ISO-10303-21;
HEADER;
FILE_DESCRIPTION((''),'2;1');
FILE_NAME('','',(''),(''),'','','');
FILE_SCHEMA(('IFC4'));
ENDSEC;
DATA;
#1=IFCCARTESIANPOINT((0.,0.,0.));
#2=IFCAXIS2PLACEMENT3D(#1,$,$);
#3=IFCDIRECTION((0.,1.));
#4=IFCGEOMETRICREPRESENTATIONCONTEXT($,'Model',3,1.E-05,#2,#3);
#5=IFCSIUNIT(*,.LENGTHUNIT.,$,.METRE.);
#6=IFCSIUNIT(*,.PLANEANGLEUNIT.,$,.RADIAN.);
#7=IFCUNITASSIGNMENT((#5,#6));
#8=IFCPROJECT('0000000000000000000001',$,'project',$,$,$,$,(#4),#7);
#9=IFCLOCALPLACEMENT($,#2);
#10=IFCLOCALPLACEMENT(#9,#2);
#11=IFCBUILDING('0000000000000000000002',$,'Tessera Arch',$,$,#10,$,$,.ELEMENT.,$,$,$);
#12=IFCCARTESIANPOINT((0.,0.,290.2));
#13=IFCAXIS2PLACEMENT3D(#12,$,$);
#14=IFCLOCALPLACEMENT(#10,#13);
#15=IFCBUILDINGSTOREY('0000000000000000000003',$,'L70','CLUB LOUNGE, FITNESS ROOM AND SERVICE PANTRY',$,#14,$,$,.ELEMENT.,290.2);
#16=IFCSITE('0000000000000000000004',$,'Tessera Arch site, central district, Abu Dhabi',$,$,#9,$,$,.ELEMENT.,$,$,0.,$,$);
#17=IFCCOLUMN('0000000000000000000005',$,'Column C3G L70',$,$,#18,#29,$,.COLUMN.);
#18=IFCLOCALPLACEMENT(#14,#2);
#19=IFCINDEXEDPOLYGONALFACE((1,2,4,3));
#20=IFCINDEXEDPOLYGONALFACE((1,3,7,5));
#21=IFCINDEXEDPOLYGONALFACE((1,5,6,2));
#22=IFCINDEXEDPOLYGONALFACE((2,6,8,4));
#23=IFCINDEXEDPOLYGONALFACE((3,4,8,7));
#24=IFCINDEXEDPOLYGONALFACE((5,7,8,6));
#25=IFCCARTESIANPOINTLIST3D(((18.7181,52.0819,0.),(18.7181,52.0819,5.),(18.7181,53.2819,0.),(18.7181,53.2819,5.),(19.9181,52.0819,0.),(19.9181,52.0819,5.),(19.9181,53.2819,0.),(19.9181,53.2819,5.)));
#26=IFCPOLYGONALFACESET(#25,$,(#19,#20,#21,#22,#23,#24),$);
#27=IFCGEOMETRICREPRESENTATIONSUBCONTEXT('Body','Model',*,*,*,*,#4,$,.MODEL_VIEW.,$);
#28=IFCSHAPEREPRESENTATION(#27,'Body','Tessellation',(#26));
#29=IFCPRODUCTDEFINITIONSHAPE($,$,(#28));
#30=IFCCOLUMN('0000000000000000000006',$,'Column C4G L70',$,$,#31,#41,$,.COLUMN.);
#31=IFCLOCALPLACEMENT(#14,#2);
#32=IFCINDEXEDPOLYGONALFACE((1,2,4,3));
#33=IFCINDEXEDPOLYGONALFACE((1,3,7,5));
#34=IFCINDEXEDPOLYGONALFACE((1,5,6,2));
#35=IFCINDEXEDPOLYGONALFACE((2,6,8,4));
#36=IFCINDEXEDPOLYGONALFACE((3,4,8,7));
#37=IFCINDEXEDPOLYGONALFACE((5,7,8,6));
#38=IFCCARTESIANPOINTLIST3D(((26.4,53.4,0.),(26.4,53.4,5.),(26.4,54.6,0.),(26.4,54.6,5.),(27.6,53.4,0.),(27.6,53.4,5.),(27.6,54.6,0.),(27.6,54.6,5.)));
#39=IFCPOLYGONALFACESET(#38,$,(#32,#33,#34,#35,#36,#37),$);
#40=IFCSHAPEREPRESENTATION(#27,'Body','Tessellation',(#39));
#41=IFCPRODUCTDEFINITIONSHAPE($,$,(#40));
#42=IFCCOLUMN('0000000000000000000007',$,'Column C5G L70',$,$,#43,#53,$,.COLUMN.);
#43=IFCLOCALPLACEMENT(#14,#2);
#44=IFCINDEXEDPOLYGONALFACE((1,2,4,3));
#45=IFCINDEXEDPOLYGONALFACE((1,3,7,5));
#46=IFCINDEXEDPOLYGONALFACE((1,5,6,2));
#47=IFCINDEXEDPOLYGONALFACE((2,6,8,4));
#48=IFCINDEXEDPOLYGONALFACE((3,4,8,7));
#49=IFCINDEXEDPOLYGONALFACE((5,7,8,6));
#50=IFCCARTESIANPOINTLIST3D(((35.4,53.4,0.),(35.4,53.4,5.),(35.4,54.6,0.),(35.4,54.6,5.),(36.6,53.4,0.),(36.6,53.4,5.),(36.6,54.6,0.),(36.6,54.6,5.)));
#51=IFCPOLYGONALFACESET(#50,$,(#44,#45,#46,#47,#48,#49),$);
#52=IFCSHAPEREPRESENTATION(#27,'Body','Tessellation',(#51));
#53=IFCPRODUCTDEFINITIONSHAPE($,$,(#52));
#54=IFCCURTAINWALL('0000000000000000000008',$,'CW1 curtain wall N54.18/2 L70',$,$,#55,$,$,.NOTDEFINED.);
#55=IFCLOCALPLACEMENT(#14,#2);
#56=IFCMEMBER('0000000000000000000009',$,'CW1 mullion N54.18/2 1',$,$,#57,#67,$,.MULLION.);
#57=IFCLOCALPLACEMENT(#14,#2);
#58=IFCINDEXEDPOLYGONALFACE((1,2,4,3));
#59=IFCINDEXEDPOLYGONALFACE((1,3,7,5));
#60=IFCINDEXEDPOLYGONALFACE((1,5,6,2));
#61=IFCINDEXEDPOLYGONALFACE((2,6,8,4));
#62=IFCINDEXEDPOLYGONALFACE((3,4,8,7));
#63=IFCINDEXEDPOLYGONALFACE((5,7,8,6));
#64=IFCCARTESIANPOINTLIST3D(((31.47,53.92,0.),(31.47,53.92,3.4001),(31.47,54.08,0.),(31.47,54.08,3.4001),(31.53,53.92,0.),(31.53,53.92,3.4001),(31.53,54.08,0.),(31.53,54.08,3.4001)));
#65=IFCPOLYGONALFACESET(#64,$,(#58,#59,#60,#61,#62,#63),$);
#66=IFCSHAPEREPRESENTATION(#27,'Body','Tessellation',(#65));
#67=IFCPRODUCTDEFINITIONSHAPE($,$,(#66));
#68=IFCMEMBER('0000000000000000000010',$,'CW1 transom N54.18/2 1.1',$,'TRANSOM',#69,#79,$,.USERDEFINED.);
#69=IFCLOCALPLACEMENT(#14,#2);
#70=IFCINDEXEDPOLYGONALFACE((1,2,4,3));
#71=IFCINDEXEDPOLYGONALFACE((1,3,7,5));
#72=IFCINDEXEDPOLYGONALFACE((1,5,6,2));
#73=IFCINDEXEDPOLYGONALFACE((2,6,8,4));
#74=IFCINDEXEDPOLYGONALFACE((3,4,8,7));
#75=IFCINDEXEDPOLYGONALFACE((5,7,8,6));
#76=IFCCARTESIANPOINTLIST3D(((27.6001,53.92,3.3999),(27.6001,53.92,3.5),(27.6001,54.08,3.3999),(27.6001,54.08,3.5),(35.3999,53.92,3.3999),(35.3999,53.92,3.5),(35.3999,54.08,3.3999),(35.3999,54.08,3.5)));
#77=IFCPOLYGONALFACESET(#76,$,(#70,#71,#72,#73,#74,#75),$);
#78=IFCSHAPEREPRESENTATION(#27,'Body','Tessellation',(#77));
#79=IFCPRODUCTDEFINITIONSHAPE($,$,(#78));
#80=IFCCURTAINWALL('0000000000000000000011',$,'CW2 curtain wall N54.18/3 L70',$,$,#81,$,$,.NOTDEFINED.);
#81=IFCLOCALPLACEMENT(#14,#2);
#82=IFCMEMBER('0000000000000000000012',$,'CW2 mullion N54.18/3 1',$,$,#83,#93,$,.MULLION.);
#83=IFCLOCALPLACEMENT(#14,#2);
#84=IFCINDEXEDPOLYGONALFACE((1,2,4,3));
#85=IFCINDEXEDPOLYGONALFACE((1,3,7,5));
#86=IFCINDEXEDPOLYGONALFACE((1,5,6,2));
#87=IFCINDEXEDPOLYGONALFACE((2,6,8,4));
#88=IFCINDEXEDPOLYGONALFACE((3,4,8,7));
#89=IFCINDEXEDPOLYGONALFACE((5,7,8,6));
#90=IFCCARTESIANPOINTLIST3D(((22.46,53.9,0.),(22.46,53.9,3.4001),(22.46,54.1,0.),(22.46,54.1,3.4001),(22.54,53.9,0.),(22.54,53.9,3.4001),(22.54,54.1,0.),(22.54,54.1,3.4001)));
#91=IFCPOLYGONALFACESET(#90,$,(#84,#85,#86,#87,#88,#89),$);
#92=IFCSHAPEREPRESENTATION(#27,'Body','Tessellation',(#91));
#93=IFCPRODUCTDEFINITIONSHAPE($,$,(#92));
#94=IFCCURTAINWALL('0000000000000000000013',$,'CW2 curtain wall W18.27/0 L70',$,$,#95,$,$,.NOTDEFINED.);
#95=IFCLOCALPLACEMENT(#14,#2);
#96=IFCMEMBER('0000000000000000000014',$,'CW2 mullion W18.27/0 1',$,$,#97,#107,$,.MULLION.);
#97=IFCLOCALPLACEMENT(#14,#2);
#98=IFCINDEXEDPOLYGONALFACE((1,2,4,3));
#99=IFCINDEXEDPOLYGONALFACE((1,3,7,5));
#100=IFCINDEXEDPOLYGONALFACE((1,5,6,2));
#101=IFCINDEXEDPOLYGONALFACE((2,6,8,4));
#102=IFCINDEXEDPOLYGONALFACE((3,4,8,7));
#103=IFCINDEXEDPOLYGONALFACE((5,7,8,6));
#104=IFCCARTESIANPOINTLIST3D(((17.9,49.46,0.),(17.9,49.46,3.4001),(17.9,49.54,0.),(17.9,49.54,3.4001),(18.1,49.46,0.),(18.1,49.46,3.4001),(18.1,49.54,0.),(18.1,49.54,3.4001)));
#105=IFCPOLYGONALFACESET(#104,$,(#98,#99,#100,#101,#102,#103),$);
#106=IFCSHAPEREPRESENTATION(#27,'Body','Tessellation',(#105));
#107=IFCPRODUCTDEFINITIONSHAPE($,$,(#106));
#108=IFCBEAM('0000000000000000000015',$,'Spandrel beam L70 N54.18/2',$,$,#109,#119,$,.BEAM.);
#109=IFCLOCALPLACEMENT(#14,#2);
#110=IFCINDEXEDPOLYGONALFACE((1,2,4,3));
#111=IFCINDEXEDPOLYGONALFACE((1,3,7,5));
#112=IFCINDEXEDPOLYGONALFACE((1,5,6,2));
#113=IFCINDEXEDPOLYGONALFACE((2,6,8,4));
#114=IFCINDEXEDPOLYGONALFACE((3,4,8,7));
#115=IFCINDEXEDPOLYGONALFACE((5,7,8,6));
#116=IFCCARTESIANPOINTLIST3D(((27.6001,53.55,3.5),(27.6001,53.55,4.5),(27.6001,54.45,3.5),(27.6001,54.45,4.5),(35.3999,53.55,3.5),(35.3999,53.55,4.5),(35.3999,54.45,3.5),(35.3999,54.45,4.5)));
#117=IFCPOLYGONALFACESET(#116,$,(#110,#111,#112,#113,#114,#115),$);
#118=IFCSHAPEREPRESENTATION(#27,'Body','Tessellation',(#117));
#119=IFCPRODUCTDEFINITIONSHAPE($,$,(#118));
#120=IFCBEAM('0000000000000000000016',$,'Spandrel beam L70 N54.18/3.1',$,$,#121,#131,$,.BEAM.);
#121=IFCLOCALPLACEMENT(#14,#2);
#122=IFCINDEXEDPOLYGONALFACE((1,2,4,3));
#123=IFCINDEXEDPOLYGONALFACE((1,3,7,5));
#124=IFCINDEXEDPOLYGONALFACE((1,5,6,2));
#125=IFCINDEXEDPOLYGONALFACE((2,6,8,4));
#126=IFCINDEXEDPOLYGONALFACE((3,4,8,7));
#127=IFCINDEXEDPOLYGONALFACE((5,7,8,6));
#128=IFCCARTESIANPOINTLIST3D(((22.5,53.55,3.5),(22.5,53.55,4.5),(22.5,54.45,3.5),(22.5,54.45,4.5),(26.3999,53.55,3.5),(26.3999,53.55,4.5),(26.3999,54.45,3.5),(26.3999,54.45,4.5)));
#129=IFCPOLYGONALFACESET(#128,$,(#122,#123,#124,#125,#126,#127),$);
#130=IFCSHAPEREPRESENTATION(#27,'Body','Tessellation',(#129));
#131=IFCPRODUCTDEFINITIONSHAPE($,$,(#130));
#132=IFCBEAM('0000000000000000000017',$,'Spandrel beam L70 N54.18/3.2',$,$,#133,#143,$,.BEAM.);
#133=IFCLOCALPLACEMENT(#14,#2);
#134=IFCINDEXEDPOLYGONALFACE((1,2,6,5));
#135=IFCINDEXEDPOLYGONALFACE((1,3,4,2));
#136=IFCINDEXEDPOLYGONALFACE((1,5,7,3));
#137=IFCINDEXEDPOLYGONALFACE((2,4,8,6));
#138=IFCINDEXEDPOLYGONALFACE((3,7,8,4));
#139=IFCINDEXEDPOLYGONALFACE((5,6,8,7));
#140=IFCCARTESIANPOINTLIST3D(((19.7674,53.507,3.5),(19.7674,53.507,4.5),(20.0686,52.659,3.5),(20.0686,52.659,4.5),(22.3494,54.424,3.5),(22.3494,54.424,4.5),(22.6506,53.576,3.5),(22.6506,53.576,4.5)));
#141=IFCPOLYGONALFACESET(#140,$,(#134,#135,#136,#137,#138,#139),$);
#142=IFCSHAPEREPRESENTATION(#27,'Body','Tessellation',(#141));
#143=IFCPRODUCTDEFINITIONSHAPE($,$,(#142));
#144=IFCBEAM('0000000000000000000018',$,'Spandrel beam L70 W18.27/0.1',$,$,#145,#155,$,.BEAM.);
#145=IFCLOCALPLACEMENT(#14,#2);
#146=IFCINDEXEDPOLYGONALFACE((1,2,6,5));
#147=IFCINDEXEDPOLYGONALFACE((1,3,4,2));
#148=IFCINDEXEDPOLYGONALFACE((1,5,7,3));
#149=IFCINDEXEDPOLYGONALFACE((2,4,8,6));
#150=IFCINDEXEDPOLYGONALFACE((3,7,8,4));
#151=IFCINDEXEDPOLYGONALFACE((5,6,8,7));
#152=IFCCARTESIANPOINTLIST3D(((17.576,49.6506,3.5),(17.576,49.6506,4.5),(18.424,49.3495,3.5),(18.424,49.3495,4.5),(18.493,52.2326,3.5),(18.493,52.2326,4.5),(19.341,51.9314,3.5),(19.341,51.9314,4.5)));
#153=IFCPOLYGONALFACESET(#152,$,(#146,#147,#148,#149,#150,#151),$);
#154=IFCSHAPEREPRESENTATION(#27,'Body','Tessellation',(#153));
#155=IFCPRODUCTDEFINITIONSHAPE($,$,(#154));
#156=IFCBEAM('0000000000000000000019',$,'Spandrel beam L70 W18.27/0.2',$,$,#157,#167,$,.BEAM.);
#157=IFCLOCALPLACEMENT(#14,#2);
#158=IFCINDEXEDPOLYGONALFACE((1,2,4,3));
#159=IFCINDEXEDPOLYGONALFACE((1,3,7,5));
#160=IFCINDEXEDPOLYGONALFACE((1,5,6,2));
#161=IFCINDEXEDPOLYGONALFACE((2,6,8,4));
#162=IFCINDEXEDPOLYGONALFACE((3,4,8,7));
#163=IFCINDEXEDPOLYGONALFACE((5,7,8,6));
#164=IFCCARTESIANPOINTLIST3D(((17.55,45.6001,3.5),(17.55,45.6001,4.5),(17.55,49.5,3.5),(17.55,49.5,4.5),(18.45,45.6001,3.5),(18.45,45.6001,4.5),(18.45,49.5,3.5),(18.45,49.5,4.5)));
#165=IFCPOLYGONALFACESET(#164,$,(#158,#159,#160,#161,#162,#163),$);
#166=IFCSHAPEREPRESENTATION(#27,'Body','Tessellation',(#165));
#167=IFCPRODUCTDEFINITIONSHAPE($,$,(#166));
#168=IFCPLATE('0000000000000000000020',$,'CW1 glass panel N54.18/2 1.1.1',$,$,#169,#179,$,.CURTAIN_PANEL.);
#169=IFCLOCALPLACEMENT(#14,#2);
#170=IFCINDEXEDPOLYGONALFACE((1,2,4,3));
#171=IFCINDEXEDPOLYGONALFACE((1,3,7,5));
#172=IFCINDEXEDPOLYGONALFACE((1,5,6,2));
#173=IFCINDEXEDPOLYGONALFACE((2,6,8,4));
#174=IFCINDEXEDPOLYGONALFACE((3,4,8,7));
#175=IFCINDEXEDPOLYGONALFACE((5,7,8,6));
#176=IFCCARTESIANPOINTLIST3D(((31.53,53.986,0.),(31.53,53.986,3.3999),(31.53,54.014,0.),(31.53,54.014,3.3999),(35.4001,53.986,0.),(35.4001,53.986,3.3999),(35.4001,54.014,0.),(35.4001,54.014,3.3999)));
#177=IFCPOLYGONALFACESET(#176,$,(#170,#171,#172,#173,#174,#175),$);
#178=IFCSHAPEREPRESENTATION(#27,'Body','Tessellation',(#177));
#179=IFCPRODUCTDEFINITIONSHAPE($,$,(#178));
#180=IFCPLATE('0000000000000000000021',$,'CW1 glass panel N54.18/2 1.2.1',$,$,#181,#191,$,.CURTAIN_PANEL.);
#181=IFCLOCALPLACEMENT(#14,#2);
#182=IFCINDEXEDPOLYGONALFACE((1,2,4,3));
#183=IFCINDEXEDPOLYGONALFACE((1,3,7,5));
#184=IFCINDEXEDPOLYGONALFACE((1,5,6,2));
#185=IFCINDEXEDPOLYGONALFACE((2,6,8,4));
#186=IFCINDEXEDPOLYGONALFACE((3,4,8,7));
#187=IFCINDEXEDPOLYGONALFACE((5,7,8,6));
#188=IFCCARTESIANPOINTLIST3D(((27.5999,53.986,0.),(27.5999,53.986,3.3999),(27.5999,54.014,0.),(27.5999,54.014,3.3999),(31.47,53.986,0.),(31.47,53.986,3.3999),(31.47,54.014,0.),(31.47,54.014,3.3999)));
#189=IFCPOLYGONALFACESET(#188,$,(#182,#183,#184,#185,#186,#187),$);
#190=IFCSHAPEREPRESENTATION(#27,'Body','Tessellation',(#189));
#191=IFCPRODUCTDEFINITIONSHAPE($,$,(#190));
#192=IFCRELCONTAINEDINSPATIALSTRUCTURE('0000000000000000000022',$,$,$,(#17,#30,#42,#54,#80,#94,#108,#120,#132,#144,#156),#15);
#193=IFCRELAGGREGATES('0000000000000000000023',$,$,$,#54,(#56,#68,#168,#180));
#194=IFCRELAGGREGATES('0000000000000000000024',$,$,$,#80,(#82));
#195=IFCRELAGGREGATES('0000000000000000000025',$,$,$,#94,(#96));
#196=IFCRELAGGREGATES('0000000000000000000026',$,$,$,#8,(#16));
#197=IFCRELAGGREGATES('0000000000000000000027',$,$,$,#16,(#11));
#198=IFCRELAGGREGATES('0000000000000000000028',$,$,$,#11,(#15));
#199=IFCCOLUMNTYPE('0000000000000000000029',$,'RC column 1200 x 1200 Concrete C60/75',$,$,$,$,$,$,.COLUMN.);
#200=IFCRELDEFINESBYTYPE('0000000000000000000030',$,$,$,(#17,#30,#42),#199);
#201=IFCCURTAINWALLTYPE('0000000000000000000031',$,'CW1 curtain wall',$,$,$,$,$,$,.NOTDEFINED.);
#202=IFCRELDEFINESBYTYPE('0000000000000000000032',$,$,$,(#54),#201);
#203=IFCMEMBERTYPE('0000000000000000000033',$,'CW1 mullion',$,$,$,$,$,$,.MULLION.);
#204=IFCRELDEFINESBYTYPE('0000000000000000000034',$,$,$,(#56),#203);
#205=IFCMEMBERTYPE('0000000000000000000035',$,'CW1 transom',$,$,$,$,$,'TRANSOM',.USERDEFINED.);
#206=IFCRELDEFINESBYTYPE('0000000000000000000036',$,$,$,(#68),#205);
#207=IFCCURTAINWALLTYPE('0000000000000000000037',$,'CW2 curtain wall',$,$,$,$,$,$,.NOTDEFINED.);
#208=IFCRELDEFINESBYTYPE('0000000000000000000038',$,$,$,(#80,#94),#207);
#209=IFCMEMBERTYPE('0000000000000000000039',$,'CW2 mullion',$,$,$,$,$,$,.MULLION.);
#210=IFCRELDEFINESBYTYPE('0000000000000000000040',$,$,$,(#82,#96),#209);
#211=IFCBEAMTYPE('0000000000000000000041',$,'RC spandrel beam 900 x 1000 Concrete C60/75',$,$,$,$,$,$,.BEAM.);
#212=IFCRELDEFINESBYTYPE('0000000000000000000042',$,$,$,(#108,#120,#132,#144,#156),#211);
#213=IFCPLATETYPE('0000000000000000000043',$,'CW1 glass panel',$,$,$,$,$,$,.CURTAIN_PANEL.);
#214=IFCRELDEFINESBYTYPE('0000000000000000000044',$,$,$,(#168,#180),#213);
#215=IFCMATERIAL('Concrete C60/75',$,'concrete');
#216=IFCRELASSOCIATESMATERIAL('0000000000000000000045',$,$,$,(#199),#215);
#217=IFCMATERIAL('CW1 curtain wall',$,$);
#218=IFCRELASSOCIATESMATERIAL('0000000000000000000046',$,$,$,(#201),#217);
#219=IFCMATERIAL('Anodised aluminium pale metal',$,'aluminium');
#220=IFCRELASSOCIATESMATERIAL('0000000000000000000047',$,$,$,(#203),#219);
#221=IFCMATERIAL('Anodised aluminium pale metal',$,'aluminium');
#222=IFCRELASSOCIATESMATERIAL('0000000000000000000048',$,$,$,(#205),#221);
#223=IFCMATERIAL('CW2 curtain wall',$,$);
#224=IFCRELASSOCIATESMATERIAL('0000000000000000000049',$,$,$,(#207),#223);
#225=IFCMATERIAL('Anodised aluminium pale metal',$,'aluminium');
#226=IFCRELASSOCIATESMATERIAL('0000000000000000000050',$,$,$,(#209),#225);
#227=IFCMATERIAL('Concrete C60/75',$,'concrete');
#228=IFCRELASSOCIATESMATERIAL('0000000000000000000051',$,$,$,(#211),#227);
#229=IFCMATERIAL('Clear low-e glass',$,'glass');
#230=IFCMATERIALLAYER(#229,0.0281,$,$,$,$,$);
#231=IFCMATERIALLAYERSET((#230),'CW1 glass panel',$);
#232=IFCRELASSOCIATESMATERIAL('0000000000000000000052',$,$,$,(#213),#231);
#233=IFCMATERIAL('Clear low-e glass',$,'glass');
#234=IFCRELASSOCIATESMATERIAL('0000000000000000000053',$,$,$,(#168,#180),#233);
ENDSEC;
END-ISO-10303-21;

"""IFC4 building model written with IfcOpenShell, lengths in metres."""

from ifc_helpers import new_model, si_unit, direction, frame, origin, origin_2d, place, context, subcontext, project, spatial, rectangle, extrude, material, layer, layer_set, material_profile, profile_set, type_object, element, aggregate, save


model = new_model("IFC4")

# Units and contexts
model_context = context("Model", 3, precision=1e-05, world=origin(), true_north=direction((0.0, 1.0)))
body_context = subcontext(model_context, "Body", "Model", "MODEL_VIEW")
ifc_project = project(units=[si_unit("LENGTHUNIT", "METRE"), si_unit("PLANEANGLEUNIT", "RADIAN")], contexts=[model_context])

# Site, building, storey
site_placement = place(None, origin())
site = spatial("IfcSite", under=ifc_project, at=site_placement, Name="Tessera Arch site, central district, Abu Dhabi", CompositionType="ELEMENT", RefElevation=0.0)
building_placement = place(site_placement, origin())
building = spatial("IfcBuilding", under=site, at=building_placement, Name="Tessera Arch", CompositionType="ELEMENT")
storey_placement = place(building_placement, frame((0.0, 0.0, 290.2)))
storey = spatial("IfcBuildingStorey", under=building, at=storey_placement, Name="L70", Description="CLUB LOUNGE, FITNESS ROOM AND SERVICE PANTRY", CompositionType="ELEMENT", Elevation=290.2)

# Columns
ifc_material_1 = material(Name="Concrete C60/75", Category="concrete")
ifc_material_profile_1 = material_profile(ifc_material_1, rectangle(XDim=1.2, YDim=1.2, at=origin_2d()), Name="RC column 1200 x 1200 Concrete C60/75")
ifc_profile_set_1 = profile_set([ifc_material_profile_1], Name="Concrete C60/75")
column_type = type_object("IfcColumnType", Name="RC column 1200 x 1200 Concrete C60/75", PredefinedType="COLUMN", material=ifc_profile_set_1)
for number, where, z_axis, x_axis, name in (
    (1, (19.3181, 52.6819, 0.0), (0.0, 0.0, 1.0), (1.0, 0.0, 0.0), "Column C3G L70"),
    (2, (27.0, 54.0, 0.0), (0.0, 0.0, 1.0), (1.0, 0.0, 0.0), "Column C4G L70"),
    (3, (36.0, 54.0, 0.0), (0.0, 0.0, 1.0), (1.0, 0.0, 0.0), "Column C5G L70"),
):
    element("IfcColumn", number, at=place(storey_placement, frame(where, z_axis=z_axis, x_axis=x_axis)), inside=storey, type_object=column_type, Name=name, PredefinedType="COLUMN", context=body_context, shape_type="SweptSolid", body=[
        extrude(rectangle(XDim=1.2, YDim=1.2, at=origin_2d()), origin(), (0.0, 0.0, 1.0), 5.0),
    ])

# Curtain wall, members
ifc_material_2 = material(Name="CW1 curtain wall")
curtain_wall_type_1 = type_object("IfcCurtainWallType", Name="CW1 curtain wall", PredefinedType="NOTDEFINED", material=ifc_material_2)
curtain_wall_1_placement = place(storey_placement, origin())
curtain_wall_1 = element("IfcCurtainWall", 4, at=curtain_wall_1_placement, inside=storey, type_object=curtain_wall_type_1, Name="CW1 curtain wall N54.18/2 L70", PredefinedType="NOTDEFINED")
ifc_material_3 = material(Name="Anodised aluminium pale metal", Category="aluminium")
ifc_material_profile_2 = material_profile(ifc_material_3, rectangle(XDim=0.1599, YDim=0.0601, at=origin_2d()), Name="AL 60x160")
ifc_profile_set_2 = profile_set([ifc_material_profile_2], Name="Anodised aluminium pale metal")
member_type_1 = type_object("IfcMemberType", Name="CW1 mullion", PredefinedType="MULLION", material=ifc_profile_set_2)
member_1_placement = place(storey_placement, frame((31.5, 54.0, 0.0), z_axis=(0.0, 0.0, 1.0), x_axis=(0.0, -1.0, 0.0)))
member_1 = element("IfcMember", 5, at=member_1_placement, type_object=member_type_1, Name="CW1 mullion N54.18/2 1", PredefinedType="MULLION", context=body_context, shape_type="SweptSolid", body=[
    extrude(rectangle(XDim=0.1599, YDim=0.0601, at=origin_2d()), origin(), (0.0, 0.0, 1.0), 3.4001),
])
ifc_material_4 = material(Name="Anodised aluminium pale metal", Category="aluminium")
ifc_material_profile_3 = material_profile(ifc_material_4, rectangle(XDim=0.1599, YDim=0.1001, at=origin_2d()), Name="AL 160x100")
ifc_profile_set_3 = profile_set([ifc_material_profile_3], Name="Anodised aluminium pale metal")
member_type_2 = type_object("IfcMemberType", Name="CW1 transom", ElementType="TRANSOM", PredefinedType="USERDEFINED", material=ifc_profile_set_3)
member_2_placement = place(storey_placement, frame((35.3999, 54.0, 3.45), z_axis=(-1.0, 0.0, 0.0), x_axis=(0.0, -1.0, 0.0)))
member_2 = element("IfcMember", 6, at=member_2_placement, type_object=member_type_2, Name="CW1 transom N54.18/2 1.1", ObjectType="TRANSOM", PredefinedType="USERDEFINED", context=body_context, shape_type="SweptSolid", body=[
    extrude(rectangle(XDim=0.1599, YDim=0.1001, at=origin_2d()), origin(), (0.0, 0.0, 1.0), 7.7998),
])

# Curtain walls, members
ifc_material_5 = material(Name="CW2 curtain wall")
curtain_wall_type_2 = type_object("IfcCurtainWallType", Name="CW2 curtain wall", PredefinedType="NOTDEFINED", material=ifc_material_5)
curtain_wall_2_placement = place(storey_placement, origin())
curtain_wall_2 = element("IfcCurtainWall", 7, at=curtain_wall_2_placement, inside=storey, type_object=curtain_wall_type_2, Name="CW2 curtain wall N54.18/3 L70", PredefinedType="NOTDEFINED")
ifc_material_6 = material(Name="Anodised aluminium pale metal", Category="aluminium")
ifc_material_profile_4 = material_profile(ifc_material_6, rectangle(XDim=0.2, YDim=0.0801, at=origin_2d()), Name="AL 80x200")
ifc_profile_set_4 = profile_set([ifc_material_profile_4], Name="Anodised aluminium pale metal")
member_type_3 = type_object("IfcMemberType", Name="CW2 mullion", PredefinedType="MULLION", material=ifc_profile_set_4)
member_3_placement = place(storey_placement, frame((22.5, 54.0, 0.0), z_axis=(0.0, 0.0, 1.0), x_axis=(0.0, -1.0, 0.0)))
member_3 = element("IfcMember", 8, at=member_3_placement, type_object=member_type_3, Name="CW2 mullion N54.18/3 1", PredefinedType="MULLION", context=body_context, shape_type="SweptSolid", body=[
    extrude(rectangle(XDim=0.2, YDim=0.0801, at=origin_2d()), origin(), (0.0, 0.0, 1.0), 3.4001),
])
curtain_wall_3_placement = place(storey_placement, origin())
curtain_wall_3 = element("IfcCurtainWall", 9, at=curtain_wall_3_placement, inside=storey, type_object=curtain_wall_type_2, Name="CW2 curtain wall W18.27/0 L70", PredefinedType="NOTDEFINED")
member_4_placement = place(storey_placement, frame((18.0, 49.5, 0.0), z_axis=(0.0, 0.0, 1.0), x_axis=(1.0, 0.0, 0.0)))
member_4 = element("IfcMember", 10, at=member_4_placement, type_object=member_type_3, Name="CW2 mullion W18.27/0 1", PredefinedType="MULLION", context=body_context, shape_type="SweptSolid", body=[
    extrude(rectangle(XDim=0.2, YDim=0.0801, at=origin_2d()), origin(), (0.0, 0.0, 1.0), 3.4001),
])

# Beams
ifc_material_7 = material(Name="Concrete C60/75", Category="concrete")
ifc_material_profile_5 = material_profile(ifc_material_7, rectangle(XDim=0.8999, YDim=1.0, at=origin_2d()), Name="RC spandrel beam 900 x 1000 Concrete C60/75")
ifc_profile_set_5 = profile_set([ifc_material_profile_5], Name="Concrete C60/75")
beam_type = type_object("IfcBeamType", Name="RC spandrel beam 900 x 1000 Concrete C60/75", PredefinedType="BEAM", material=ifc_profile_set_5)
beam_1_placement = place(storey_placement, frame((35.3999, 54.0, 4.0), z_axis=(-1.0, 0.0, 0.0), x_axis=(0.0, -1.0, 0.0)))
element("IfcBeam", 11, at=beam_1_placement, inside=storey, type_object=beam_type, Name="Spandrel beam L70 N54.18/2", PredefinedType="BEAM", context=body_context, shape_type="SweptSolid", body=[
    extrude(rectangle(XDim=0.8999, YDim=1.0, at=origin_2d()), origin(), (0.0, 0.0, 1.0), 7.7998),
])
beam_2_placement = place(storey_placement, frame((26.3999, 54.0, 4.0), z_axis=(-1.0, 0.0, 0.0), x_axis=(0.0, -1.0, 0.0)))
element("IfcBeam", 12, at=beam_2_placement, inside=storey, type_object=beam_type, Name="Spandrel beam L70 N54.18/3.1", PredefinedType="BEAM", context=body_context, shape_type="SweptSolid", body=[
    extrude(rectangle(XDim=0.8999, YDim=1.0, at=origin_2d()), origin(), (0.0, 0.0, 1.0), 3.8999),
])
for number, where, z_axis, x_axis, name in (
    (13, (22.5, 54.0, 4.0), (-0.942337, -0.334665, 0.0), (0.334665, -0.942337, 0.0), "Spandrel beam L70 N54.18/3.2"),
    (14, (18.917, 52.082, 4.0), (-0.334665, -0.942337, 0.0), (0.942337, -0.334665, 0.0), "Spandrel beam L70 W18.27/0.1"),
):
    element("IfcBeam", number, at=place(storey_placement, frame(where, z_axis=z_axis, x_axis=x_axis)), inside=storey, type_object=beam_type, Name=name, PredefinedType="BEAM", context=body_context, shape_type="SweptSolid", body=[
        extrude(rectangle(XDim=0.8999, YDim=1.0, at=origin_2d()), origin(), (0.0, 0.0, 1.0), 2.74),
    ])
beam_3_placement = place(storey_placement, frame((18.0, 49.5, 4.0), z_axis=(0.0, -1.0, 0.0), x_axis=(1.0, 0.0, 0.0)))
element("IfcBeam", 15, at=beam_3_placement, inside=storey, type_object=beam_type, Name="Spandrel beam L70 W18.27/0.2", PredefinedType="BEAM", context=body_context, shape_type="SweptSolid", body=[
    extrude(rectangle(XDim=0.8999, YDim=1.0, at=origin_2d()), origin(), (0.0, 0.0, 1.0), 3.8999),
])

# Plates
ifc_material_8 = material(Name="Clear low-e glass", Category="glass")
ifc_material_9 = material(Name="Clear low-e glass", Category="glass")
ifc_layer_1 = layer(ifc_material_9, 0.0281)
ifc_layer_set_1 = layer_set([ifc_layer_1], Name="CW1 glass panel")
plate_type_1 = type_object("IfcPlateType", Name="CW1 glass panel", PredefinedType="CURTAIN_PANEL", material=ifc_layer_set_1)
plate_1_placement = place(storey_placement, frame((33.4651, 54.0, 0.0), z_axis=(0.0, 0.0, 1.0), x_axis=(-1.0, 0.0, 0.0)))
plate_1 = element("IfcPlate", 16, at=plate_1_placement, type_object=plate_type_1, material=ifc_material_8, Name="CW1 glass panel N54.18/2 1.1.1", PredefinedType="CURTAIN_PANEL", context=body_context, shape_type="SweptSolid", body=[
    extrude(rectangle(XDim=3.8701, YDim=0.0281, at=origin_2d()), origin(), (0.0, 0.0, 1.0), 3.3999),
])
plate_2_placement = place(storey_placement, frame((29.5349, 54.0, 0.0), z_axis=(0.0, 0.0, 1.0), x_axis=(-1.0, 0.0, 0.0)))
plate_2 = element("IfcPlate", 17, at=plate_2_placement, type_object=plate_type_1, material=ifc_material_8, Name="CW1 glass panel N54.18/2 1.2.1", PredefinedType="CURTAIN_PANEL", context=body_context, shape_type="SweptSolid", body=[
    extrude(rectangle(XDim=3.8701, YDim=0.0281, at=origin_2d()), origin(), (0.0, 0.0, 1.0), 3.3999),
])
aggregate(curtain_wall_1, [member_1, member_2, plate_1, plate_2])
aggregate(curtain_wall_2, [member_3])
aggregate(curtain_wall_3, [member_4])

save(model, "model.ifc")
